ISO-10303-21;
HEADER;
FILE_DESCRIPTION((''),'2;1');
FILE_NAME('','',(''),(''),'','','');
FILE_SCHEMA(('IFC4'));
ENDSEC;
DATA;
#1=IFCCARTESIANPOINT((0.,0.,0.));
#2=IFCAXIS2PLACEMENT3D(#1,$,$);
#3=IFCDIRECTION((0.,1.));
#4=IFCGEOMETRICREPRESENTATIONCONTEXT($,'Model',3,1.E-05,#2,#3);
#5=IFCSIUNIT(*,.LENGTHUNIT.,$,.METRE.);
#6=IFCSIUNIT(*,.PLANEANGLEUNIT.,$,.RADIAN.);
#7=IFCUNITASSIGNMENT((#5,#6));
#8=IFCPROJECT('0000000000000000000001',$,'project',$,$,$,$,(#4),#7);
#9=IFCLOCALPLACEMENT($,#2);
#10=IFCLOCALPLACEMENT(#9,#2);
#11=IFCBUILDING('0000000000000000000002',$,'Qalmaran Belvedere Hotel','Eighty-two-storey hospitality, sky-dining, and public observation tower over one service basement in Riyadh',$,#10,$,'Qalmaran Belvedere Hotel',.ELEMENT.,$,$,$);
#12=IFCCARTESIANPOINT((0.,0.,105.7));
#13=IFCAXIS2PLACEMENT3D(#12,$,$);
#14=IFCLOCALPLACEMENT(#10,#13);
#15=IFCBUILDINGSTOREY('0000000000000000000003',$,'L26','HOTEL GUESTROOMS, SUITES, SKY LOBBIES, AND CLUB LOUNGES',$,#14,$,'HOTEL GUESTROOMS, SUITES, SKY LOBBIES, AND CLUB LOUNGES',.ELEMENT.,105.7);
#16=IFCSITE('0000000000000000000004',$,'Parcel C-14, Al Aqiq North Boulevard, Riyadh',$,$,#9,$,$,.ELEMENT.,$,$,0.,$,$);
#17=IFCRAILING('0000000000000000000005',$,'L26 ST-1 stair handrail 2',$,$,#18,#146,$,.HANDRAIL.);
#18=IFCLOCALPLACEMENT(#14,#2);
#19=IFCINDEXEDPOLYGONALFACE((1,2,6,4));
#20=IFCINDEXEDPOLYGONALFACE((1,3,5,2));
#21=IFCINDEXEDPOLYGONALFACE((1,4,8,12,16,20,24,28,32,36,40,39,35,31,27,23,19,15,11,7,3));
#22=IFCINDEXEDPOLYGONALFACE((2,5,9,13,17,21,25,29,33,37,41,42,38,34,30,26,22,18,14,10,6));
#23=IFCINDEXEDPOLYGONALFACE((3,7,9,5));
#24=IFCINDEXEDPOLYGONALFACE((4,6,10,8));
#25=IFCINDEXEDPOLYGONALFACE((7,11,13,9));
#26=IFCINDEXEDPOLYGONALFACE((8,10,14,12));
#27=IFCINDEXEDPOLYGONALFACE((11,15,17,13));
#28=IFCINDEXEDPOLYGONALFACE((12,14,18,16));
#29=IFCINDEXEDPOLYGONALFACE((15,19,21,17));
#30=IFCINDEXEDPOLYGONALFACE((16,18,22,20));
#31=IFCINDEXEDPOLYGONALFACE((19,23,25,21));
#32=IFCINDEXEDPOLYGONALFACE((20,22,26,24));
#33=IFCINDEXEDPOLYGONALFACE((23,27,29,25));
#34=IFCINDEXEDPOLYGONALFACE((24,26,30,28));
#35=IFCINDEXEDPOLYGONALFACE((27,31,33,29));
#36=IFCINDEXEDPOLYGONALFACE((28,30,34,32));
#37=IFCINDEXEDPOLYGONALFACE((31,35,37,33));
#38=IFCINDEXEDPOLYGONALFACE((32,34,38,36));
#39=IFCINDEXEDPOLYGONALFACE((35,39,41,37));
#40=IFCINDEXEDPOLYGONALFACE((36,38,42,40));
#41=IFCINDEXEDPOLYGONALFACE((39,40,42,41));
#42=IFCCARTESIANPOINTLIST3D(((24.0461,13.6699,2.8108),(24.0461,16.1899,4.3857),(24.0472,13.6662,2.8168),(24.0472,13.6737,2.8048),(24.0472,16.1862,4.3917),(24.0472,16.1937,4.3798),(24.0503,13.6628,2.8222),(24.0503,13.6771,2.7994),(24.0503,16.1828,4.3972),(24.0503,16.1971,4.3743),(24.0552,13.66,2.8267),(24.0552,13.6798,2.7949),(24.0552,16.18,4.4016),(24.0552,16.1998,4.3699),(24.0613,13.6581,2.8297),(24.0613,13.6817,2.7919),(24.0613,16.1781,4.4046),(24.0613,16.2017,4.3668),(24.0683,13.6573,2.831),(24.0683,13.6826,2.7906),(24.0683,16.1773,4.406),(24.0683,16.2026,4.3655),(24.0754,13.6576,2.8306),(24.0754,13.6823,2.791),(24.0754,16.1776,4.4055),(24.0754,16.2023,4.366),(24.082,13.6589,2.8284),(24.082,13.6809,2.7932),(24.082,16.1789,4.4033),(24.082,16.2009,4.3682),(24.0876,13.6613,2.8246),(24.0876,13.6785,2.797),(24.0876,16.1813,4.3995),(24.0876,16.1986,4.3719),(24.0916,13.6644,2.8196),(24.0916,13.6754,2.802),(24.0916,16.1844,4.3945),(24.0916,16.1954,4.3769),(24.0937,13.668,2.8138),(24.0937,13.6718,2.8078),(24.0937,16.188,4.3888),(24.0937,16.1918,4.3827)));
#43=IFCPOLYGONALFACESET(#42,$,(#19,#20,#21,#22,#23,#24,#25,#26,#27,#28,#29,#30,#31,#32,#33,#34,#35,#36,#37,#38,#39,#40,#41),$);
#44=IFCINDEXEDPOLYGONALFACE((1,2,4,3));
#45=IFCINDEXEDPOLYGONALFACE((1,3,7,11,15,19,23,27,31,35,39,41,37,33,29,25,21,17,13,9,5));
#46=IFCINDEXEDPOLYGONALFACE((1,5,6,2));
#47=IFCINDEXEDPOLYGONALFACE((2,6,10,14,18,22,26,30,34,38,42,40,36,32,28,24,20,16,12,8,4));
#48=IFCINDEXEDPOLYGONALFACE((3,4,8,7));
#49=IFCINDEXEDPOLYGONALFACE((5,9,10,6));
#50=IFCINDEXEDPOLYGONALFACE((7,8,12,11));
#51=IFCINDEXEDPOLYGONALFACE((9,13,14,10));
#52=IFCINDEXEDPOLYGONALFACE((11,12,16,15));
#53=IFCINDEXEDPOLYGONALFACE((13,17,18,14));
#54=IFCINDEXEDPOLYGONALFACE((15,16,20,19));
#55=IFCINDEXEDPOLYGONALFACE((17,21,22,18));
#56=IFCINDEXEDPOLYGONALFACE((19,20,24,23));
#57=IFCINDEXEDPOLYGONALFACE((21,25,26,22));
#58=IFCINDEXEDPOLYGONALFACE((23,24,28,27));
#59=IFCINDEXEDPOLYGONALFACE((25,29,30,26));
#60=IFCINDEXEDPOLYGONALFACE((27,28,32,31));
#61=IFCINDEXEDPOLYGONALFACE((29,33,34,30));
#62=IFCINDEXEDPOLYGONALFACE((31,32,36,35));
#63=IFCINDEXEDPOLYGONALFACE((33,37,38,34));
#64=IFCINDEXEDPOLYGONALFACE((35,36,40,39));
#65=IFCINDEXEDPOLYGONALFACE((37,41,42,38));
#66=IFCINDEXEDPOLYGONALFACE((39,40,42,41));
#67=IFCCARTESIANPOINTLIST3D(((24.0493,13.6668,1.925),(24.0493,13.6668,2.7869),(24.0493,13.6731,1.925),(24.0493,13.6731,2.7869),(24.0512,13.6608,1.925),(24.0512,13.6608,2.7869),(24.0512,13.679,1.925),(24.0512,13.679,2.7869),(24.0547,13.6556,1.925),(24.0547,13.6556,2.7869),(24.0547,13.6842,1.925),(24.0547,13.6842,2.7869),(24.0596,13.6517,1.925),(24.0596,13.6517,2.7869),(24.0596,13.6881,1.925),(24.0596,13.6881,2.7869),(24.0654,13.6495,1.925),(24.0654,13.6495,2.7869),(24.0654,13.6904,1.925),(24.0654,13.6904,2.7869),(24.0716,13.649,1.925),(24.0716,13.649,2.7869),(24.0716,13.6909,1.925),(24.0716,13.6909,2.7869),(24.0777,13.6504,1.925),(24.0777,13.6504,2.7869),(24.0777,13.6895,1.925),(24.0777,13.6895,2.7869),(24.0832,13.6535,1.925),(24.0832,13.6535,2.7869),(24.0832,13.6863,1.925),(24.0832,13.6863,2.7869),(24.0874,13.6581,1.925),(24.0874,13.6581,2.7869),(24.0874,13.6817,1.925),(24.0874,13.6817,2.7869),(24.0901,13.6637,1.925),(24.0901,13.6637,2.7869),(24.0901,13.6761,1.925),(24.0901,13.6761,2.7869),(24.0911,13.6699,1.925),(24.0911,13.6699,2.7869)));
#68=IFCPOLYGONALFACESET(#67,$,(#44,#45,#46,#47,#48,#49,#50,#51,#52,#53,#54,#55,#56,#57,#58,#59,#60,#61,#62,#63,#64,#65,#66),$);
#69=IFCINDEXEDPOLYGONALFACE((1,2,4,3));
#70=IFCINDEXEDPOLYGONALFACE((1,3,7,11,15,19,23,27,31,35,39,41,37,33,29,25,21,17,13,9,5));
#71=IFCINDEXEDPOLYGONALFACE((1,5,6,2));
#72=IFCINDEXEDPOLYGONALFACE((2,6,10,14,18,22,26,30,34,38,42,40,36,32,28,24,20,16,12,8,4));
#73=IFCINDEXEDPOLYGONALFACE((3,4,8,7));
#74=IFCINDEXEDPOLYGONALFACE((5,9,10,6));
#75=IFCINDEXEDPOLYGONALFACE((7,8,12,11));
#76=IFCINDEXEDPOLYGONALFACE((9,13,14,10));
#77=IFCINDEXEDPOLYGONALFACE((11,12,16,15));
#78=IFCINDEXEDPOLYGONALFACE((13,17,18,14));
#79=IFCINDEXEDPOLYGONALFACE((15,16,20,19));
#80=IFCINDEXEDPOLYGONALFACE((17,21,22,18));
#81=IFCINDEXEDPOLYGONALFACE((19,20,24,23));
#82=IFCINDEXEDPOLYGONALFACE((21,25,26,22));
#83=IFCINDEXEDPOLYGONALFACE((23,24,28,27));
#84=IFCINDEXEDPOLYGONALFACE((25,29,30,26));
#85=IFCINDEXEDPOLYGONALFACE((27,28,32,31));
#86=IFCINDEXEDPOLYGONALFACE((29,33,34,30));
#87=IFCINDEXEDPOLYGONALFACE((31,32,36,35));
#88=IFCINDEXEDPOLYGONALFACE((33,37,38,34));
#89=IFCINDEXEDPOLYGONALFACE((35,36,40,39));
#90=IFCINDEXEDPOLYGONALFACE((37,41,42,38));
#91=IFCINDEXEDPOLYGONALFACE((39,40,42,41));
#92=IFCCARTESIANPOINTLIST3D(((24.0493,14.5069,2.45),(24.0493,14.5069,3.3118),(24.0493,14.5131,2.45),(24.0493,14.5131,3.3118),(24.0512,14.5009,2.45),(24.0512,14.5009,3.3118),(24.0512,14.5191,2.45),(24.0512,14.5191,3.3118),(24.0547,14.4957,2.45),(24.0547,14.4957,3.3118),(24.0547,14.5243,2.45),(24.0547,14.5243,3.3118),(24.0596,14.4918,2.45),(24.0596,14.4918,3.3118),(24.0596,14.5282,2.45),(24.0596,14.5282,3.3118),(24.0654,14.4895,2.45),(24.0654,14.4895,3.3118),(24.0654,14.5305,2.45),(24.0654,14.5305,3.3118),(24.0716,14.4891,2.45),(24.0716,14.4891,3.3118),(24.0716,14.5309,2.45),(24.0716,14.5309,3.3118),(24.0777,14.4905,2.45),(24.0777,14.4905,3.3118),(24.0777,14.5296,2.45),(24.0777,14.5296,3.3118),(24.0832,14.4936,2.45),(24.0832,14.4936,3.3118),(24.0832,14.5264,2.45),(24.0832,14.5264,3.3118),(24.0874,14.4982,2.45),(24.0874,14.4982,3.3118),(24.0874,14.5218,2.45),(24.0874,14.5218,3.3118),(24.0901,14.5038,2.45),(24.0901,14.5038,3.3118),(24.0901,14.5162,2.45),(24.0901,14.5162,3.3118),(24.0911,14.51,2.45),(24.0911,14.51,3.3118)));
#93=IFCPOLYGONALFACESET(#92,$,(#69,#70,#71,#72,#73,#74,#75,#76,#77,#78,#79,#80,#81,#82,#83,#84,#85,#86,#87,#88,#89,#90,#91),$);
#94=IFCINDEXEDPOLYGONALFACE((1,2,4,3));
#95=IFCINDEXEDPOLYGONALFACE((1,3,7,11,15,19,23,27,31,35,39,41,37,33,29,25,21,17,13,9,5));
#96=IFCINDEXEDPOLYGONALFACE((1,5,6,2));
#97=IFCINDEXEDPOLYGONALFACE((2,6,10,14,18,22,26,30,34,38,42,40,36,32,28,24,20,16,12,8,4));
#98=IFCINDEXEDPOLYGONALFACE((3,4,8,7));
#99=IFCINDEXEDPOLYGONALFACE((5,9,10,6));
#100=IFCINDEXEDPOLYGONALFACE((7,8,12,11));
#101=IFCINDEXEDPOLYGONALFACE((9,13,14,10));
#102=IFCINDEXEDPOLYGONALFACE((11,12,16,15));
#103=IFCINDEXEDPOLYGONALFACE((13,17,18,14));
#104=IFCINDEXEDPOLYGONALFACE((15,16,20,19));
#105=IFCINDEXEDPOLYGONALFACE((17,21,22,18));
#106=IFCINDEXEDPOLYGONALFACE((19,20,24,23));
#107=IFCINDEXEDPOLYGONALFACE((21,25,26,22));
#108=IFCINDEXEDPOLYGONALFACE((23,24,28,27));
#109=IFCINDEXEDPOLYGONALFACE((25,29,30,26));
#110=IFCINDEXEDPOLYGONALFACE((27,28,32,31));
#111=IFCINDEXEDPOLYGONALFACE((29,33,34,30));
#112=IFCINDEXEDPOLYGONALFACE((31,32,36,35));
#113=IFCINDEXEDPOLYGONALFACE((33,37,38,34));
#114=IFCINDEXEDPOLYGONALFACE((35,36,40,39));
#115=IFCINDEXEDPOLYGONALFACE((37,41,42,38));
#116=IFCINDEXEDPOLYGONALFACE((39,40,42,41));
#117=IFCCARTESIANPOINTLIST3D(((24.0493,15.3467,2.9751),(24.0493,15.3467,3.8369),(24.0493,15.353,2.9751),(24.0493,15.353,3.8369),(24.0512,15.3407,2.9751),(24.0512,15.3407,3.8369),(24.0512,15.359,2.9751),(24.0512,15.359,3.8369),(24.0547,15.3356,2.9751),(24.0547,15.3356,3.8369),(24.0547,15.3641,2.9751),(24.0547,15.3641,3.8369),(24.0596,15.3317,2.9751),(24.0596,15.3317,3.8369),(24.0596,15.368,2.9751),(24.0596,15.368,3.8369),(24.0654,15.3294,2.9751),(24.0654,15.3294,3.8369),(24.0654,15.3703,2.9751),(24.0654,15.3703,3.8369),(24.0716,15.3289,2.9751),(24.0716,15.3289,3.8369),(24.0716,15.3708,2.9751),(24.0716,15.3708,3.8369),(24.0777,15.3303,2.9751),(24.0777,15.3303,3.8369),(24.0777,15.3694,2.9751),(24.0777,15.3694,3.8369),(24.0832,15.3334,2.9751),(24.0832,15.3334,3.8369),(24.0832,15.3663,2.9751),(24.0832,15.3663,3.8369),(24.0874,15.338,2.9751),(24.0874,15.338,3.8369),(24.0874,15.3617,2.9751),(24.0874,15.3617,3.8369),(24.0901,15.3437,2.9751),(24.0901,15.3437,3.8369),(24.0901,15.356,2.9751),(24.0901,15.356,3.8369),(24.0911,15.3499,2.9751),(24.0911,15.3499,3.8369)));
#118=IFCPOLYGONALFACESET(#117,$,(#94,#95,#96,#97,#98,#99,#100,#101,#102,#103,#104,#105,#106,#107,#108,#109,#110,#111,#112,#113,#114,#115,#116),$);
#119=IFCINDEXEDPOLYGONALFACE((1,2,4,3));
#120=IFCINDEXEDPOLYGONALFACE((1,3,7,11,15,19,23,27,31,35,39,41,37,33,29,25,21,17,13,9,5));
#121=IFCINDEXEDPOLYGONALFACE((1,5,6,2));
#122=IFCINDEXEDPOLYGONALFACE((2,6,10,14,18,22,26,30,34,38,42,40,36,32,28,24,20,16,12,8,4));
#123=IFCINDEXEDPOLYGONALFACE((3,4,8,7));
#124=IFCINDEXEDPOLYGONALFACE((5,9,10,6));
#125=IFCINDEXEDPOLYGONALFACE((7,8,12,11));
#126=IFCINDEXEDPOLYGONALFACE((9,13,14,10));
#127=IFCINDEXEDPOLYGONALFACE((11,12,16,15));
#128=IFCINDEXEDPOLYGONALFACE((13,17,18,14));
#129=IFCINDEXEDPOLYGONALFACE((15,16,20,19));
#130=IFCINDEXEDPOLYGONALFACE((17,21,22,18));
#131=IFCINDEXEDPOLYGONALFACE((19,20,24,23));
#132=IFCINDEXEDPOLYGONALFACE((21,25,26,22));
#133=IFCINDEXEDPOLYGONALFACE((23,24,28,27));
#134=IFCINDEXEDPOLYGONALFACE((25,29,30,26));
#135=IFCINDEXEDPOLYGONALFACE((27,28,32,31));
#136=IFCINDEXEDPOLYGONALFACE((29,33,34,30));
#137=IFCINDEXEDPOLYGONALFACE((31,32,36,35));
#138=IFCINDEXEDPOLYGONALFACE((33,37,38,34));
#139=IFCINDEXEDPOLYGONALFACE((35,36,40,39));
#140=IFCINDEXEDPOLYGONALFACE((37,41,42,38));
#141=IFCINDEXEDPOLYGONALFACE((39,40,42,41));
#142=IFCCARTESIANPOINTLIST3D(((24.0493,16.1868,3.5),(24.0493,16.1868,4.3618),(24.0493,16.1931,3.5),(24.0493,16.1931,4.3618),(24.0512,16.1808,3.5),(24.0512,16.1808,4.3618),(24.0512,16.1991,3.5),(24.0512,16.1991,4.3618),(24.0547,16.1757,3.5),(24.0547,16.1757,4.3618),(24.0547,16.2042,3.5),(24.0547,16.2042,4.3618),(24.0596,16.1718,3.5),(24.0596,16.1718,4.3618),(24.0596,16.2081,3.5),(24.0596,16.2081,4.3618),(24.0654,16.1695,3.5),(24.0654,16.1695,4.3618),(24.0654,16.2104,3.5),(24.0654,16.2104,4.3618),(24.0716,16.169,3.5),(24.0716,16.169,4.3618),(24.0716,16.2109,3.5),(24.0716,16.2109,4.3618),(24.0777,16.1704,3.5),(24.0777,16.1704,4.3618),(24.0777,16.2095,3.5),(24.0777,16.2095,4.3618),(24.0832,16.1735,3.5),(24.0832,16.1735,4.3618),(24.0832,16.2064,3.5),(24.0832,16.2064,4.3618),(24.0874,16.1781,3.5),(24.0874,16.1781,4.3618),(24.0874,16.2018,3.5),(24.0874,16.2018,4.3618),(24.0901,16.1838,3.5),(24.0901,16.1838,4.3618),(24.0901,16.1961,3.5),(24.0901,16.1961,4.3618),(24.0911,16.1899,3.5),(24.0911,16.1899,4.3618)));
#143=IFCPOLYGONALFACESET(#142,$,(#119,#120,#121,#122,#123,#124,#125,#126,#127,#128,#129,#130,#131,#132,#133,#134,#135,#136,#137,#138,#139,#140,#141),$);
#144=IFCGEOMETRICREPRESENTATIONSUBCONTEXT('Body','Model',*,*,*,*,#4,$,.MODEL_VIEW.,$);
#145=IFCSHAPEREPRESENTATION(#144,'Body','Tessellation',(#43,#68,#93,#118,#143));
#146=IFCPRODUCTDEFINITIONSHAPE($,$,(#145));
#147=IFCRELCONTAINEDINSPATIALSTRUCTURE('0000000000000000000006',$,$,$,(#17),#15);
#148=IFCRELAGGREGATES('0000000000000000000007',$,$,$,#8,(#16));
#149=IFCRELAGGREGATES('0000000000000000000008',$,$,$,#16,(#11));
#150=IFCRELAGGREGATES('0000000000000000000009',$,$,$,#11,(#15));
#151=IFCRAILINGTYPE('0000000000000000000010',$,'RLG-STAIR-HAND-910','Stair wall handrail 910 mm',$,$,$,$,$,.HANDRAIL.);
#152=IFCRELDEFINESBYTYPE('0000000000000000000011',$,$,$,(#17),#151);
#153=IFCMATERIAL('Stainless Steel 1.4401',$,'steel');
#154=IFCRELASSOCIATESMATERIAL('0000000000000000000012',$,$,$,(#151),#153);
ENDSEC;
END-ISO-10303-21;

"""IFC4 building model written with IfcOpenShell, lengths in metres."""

from ifc_helpers import new_model, si_unit, direction, frame, origin, origin_2d, place, context, subcontext, project, spatial, circle, extrude, material, type_object, element, save


model = new_model("IFC4")

# Units and contexts
model_context = context("Model", 3, precision=1e-05, world=origin(), true_north=direction((0.0, 1.0)))
body_context = subcontext(model_context, "Body", "Model", "MODEL_VIEW")
ifc_project = project(units=[si_unit("LENGTHUNIT", "METRE"), si_unit("PLANEANGLEUNIT", "RADIAN")], contexts=[model_context])

# Site, building, storey
site_placement = place(None, origin())
site = spatial("IfcSite", under=ifc_project, at=site_placement, Name="Parcel C-14, Al Aqiq North Boulevard, Riyadh", CompositionType="ELEMENT", RefElevation=0.0)
building_placement = place(site_placement, origin())
building = spatial("IfcBuilding", under=site, at=building_placement, Name="Qalmaran Belvedere Hotel", Description="Eighty-two-storey hospitality, sky-dining, and public observation tower over one service basement in Riyadh", LongName="Qalmaran Belvedere Hotel", CompositionType="ELEMENT")
storey_placement = place(building_placement, frame((0.0, 0.0, 105.7)))
storey = spatial("IfcBuildingStorey", under=building, at=storey_placement, Name="L26", Description="HOTEL GUESTROOMS, SUITES, SKY LOBBIES, AND CLUB LOUNGES", LongName="HOTEL GUESTROOMS, SUITES, SKY LOBBIES, AND CLUB LOUNGES", CompositionType="ELEMENT", Elevation=105.7)

# Shared definitions
ifc_material_1 = material(Name="Stainless Steel 1.4401", Category="steel")

# Railing
railing_type_1 = type_object("IfcRailingType", Name="RLG-STAIR-HAND-910", Description="Stair wall handrail 910 mm", PredefinedType="HANDRAIL", material=ifc_material_1)
railing_1_placement = place(storey_placement, frame((24.0701, 13.6699, 1.925)))
element("IfcRailing", 1, at=railing_1_placement, inside=storey, type_object=railing_type_1, Name="L26 ST-1 stair handrail 2", PredefinedType="HANDRAIL", context=body_context, shape_type="SweptSolid", body=[
    extrude(circle(Radius=0.0239, at=origin_2d()), frame((0.0, 0.0, 0.8857), z_axis=(0.0, 0.848008, 0.529984), x_axis=(-1.0, 0.0, 0.0)), (0.0, 0.0, 1.0), 2.9717),
    extrude(circle(Radius=0.021, at=origin_2d()), origin(), (0.0, 0.0, 1.0), 0.8618),
    extrude(circle(Radius=0.021, at=origin_2d()), frame((0.0, 0.8401, 0.5249)), (0.0, 0.0, 1.0), 0.8618),
    extrude(circle(Radius=0.021, at=origin_2d()), frame((0.0, 1.6799, 1.05)), (0.0, 0.0, 1.0), 0.8618),
    extrude(circle(Radius=0.021, at=origin_2d()), frame((0.0, 2.52, 1.575)), (0.0, 0.0, 1.0), 0.8618),
])

save(model, "model.ifc")
